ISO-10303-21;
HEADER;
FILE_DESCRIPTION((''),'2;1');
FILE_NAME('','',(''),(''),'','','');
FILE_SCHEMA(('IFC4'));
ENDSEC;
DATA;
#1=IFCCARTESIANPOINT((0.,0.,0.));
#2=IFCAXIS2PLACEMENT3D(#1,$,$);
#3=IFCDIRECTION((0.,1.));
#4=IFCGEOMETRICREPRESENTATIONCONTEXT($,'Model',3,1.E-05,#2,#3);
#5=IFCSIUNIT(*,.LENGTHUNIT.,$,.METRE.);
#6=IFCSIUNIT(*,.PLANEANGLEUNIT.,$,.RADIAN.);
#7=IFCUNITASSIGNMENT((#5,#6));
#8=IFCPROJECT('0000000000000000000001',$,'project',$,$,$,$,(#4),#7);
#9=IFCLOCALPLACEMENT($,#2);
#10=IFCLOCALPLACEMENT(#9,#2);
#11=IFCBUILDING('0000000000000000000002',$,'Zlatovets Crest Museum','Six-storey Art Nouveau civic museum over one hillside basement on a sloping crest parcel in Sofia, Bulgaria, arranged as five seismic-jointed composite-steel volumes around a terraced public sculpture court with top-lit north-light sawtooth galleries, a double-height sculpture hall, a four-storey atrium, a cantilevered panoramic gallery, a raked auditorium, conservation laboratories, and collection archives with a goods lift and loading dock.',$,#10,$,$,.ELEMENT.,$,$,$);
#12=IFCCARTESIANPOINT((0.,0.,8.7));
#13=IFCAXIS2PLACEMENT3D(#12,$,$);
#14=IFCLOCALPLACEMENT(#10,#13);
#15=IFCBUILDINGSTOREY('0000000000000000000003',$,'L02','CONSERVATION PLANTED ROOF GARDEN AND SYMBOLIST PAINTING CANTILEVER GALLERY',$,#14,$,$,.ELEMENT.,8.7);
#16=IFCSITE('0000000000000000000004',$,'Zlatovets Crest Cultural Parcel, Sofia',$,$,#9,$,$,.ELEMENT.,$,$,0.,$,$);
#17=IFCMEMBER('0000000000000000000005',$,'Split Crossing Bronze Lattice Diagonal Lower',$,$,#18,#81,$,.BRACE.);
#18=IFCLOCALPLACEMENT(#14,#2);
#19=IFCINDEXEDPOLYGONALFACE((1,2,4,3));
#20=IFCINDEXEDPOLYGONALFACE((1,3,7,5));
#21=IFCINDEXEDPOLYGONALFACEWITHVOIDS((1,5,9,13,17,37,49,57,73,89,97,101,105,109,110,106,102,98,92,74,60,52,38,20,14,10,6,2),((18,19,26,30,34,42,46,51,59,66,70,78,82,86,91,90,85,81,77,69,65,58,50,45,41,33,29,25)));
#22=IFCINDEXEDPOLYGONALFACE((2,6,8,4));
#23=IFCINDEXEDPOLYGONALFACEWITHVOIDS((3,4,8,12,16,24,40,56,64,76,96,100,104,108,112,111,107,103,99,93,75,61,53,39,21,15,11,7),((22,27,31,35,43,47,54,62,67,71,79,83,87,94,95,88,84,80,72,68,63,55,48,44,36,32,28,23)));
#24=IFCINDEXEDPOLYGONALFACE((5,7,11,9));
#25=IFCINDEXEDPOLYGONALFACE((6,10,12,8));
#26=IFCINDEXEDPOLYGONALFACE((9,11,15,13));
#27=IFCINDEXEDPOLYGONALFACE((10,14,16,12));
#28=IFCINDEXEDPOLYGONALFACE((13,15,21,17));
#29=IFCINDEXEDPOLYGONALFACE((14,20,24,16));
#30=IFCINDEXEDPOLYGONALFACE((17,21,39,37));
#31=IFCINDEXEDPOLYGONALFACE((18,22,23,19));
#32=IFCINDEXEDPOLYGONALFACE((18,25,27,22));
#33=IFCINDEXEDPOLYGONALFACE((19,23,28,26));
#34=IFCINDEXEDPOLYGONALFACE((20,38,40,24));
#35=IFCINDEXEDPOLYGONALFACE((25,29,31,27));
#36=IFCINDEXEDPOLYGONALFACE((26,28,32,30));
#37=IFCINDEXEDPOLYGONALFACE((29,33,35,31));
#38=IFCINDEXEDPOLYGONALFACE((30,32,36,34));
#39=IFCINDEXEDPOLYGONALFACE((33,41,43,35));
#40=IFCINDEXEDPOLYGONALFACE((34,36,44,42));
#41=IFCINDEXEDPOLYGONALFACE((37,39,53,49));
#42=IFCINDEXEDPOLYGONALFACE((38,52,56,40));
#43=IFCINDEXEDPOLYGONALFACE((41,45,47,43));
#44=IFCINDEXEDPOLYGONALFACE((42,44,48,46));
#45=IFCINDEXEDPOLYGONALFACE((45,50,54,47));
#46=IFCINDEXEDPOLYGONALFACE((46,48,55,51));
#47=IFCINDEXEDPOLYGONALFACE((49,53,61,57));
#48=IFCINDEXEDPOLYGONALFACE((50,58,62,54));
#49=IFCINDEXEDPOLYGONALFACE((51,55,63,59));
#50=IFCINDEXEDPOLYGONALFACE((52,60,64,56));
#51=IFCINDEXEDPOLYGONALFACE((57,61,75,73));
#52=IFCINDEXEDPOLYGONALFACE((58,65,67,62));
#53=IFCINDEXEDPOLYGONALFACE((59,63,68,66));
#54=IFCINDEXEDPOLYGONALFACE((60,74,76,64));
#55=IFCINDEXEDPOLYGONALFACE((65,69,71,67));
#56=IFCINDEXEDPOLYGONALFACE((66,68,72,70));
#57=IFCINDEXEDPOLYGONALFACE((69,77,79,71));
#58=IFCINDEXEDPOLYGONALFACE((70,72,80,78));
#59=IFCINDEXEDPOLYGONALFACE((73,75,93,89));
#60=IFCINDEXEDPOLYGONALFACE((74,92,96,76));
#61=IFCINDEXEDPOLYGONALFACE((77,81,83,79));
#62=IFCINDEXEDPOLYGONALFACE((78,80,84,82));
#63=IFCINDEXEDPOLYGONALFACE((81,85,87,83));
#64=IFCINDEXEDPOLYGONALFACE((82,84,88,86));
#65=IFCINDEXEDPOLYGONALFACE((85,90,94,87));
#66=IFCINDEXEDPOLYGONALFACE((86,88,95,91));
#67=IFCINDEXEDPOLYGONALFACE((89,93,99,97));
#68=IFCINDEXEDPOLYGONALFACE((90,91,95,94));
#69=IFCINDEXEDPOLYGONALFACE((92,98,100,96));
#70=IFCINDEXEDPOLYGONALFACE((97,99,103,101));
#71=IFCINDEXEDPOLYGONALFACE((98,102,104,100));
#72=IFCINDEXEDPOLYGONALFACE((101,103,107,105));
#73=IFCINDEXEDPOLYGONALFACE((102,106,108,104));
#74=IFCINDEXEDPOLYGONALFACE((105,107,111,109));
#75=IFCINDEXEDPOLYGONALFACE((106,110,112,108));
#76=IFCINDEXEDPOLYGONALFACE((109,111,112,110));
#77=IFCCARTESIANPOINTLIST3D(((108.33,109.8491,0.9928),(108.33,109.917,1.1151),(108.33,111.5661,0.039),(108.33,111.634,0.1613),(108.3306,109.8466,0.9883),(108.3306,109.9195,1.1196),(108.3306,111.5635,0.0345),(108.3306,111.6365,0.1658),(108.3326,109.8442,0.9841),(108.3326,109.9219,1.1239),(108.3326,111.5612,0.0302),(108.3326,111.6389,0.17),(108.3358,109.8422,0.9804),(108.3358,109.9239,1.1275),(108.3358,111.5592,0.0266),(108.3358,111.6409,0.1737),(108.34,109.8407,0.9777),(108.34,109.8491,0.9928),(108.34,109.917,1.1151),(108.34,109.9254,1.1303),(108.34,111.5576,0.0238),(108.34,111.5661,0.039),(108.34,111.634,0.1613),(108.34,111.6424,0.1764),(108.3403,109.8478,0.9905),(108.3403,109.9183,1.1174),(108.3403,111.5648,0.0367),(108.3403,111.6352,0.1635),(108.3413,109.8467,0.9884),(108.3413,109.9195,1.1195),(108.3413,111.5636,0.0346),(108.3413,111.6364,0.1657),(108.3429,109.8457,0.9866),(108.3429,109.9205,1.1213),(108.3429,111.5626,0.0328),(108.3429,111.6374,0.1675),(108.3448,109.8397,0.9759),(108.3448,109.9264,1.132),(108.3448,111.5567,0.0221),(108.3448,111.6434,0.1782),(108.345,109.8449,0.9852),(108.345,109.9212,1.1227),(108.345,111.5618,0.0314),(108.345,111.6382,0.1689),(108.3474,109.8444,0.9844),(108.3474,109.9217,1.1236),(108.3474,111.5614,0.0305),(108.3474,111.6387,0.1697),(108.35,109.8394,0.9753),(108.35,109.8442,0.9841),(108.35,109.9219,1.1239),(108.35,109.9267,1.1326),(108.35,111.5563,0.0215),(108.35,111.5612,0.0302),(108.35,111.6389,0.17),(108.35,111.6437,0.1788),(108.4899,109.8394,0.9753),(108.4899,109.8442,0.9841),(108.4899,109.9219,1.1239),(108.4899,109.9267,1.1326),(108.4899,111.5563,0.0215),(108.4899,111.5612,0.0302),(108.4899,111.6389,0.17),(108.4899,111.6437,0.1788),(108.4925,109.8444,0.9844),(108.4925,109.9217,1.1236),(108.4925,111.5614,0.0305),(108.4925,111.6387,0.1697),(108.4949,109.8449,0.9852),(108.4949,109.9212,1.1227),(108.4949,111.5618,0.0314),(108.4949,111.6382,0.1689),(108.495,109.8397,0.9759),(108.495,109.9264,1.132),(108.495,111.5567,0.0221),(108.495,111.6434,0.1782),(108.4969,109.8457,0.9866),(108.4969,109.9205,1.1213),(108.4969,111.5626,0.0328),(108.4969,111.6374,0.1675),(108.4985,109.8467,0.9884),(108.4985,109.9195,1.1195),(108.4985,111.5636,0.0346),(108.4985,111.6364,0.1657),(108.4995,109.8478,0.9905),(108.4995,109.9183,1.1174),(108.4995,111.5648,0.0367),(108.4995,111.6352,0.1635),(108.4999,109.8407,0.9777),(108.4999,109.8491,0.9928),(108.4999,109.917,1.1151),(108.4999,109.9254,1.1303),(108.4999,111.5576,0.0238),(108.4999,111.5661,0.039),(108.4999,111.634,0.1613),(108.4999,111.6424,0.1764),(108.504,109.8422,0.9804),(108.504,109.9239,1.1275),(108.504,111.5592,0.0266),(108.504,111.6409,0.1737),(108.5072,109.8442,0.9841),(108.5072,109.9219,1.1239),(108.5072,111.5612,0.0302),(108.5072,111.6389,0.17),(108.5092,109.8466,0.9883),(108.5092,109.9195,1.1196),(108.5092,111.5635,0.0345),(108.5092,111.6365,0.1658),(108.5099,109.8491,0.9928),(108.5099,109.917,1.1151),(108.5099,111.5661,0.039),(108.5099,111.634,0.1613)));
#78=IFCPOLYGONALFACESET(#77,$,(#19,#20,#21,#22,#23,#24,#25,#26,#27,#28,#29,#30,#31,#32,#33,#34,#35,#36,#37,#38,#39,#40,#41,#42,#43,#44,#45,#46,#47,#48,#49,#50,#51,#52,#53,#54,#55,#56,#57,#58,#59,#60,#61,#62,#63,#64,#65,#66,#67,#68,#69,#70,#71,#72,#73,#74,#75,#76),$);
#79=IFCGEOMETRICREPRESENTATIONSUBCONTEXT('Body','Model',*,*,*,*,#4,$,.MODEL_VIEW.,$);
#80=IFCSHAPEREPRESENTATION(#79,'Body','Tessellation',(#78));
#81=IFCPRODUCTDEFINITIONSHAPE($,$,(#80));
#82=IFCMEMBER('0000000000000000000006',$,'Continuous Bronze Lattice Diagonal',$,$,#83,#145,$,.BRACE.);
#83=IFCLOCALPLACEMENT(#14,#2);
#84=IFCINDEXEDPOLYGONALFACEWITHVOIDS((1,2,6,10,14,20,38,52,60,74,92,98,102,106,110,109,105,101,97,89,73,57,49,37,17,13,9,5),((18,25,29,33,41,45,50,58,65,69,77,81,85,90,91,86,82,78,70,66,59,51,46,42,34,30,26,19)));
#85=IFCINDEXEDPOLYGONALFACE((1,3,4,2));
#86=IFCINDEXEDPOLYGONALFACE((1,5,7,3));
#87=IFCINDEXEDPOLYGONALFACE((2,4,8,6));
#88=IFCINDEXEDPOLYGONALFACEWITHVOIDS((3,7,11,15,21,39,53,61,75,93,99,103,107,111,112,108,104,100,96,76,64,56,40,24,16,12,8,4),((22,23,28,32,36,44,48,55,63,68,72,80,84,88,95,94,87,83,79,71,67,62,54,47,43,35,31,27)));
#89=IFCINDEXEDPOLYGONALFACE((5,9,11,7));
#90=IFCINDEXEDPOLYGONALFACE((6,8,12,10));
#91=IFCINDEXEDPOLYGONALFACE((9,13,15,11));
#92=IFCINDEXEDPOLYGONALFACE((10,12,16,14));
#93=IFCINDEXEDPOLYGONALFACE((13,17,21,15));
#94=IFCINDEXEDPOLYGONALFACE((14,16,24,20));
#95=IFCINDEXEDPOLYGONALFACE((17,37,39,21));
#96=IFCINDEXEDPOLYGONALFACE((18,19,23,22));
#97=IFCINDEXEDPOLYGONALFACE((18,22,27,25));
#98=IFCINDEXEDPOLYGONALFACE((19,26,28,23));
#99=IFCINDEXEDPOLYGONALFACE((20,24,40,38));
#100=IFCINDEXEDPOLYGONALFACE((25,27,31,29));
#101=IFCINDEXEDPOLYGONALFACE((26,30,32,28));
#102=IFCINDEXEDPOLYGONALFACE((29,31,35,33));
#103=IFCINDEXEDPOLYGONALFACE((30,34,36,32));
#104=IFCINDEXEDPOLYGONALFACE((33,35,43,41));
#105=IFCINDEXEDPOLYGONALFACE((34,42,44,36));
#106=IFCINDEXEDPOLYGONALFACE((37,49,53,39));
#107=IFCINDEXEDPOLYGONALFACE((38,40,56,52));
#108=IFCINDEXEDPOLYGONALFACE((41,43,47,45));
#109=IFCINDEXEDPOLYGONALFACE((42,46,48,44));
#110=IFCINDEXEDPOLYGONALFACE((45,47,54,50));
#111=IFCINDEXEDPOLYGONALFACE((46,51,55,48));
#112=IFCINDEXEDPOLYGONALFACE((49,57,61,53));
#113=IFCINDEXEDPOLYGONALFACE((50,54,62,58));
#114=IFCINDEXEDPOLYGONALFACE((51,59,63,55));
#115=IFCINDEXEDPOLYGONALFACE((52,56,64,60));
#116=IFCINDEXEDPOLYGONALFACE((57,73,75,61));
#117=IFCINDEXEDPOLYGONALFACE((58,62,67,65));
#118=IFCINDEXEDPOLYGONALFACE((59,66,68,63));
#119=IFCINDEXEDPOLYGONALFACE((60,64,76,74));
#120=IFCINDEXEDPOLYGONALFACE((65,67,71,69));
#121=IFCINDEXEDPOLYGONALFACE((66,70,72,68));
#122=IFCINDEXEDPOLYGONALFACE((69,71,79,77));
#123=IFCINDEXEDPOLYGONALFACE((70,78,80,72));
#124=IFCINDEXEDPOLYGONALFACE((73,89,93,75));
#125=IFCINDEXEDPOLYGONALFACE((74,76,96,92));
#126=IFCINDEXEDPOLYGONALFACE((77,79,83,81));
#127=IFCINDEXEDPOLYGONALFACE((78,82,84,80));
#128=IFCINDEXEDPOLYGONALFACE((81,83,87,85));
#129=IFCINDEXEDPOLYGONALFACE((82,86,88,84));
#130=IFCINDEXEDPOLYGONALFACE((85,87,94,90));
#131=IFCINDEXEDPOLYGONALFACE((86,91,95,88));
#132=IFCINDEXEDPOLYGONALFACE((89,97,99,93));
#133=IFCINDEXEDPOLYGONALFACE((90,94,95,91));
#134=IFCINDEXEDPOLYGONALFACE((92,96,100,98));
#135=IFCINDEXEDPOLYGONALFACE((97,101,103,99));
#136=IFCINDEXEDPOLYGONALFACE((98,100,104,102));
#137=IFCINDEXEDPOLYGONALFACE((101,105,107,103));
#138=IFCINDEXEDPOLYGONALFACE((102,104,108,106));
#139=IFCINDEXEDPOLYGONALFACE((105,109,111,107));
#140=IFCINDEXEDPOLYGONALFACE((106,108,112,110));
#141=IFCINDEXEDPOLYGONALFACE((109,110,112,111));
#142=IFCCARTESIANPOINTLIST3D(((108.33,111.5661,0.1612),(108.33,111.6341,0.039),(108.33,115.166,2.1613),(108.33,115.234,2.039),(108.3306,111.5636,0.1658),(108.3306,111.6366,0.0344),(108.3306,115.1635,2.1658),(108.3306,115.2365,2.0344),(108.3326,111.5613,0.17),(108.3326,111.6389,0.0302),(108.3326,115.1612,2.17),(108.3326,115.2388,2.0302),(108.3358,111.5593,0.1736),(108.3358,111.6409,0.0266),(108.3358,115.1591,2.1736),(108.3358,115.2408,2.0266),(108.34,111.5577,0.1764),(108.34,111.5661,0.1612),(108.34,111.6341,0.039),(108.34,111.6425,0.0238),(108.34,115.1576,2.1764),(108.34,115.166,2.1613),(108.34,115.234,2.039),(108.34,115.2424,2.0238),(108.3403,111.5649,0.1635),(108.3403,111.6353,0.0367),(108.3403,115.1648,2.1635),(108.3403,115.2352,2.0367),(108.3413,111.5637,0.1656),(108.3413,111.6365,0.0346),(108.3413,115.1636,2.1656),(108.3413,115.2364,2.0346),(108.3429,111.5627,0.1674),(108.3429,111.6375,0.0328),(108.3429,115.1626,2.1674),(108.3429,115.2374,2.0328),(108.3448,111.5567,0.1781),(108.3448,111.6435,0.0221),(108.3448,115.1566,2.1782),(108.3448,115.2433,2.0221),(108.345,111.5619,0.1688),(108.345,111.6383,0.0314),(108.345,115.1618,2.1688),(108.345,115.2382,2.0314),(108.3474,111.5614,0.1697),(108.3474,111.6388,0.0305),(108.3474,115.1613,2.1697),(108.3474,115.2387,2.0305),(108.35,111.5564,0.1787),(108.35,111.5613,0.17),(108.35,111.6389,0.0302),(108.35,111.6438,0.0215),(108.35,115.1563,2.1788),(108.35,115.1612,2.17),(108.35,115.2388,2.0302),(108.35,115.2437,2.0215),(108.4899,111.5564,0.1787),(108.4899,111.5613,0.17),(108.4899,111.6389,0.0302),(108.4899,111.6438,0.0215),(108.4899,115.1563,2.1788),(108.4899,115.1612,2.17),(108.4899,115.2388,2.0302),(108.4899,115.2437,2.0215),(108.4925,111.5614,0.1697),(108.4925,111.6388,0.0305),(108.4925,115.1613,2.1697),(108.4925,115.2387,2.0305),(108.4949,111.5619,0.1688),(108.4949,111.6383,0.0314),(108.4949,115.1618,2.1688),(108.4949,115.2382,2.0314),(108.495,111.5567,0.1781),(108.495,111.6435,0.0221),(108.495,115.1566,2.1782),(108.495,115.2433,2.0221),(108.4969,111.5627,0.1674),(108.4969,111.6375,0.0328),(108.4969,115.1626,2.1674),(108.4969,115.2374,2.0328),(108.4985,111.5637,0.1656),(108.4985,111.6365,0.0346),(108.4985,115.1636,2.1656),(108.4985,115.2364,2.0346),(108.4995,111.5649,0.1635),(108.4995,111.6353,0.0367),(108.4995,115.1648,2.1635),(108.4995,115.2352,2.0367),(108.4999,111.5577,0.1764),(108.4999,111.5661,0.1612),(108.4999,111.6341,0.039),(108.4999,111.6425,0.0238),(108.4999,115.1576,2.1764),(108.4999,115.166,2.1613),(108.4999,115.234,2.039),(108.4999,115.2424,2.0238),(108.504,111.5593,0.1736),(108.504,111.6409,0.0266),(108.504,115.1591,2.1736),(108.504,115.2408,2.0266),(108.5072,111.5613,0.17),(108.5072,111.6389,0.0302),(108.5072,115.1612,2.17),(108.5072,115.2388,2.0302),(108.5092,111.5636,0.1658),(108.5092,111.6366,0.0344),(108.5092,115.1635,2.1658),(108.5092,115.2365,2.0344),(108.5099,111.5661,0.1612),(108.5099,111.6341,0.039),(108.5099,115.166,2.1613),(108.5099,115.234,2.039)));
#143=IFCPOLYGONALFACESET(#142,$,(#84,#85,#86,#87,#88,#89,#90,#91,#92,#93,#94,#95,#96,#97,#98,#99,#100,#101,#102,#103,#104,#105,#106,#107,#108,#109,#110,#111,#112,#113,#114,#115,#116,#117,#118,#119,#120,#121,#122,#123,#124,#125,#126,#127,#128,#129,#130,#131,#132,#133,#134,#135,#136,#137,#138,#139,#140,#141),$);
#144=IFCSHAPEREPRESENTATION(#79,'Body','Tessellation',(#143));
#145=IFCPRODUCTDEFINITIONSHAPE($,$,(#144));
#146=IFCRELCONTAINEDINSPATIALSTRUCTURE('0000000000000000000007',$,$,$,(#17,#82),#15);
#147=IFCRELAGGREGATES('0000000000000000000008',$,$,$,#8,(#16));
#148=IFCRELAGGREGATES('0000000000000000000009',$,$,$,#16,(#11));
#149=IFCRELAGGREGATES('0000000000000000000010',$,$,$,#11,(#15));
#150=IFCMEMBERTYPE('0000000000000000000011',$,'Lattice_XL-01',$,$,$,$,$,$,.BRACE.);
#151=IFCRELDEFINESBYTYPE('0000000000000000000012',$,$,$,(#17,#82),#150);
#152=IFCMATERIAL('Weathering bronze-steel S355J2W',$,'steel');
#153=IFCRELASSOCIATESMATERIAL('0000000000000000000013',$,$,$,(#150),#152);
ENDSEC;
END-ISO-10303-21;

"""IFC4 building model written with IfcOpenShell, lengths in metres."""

from ifc_helpers import new_model, si_unit, direction, frame, origin, origin_2d, place, context, subcontext, project, spatial, hollow_rectangle, extrude, material, material_profile, profile_set, type_object, element, save


model = new_model("IFC4")

# Units and contexts
model_context = context("Model", 3, precision=1e-05, world=origin(), true_north=direction((0.0, 1.0)))
body_context = subcontext(model_context, "Body", "Model", "MODEL_VIEW")
ifc_project = project(units=[si_unit("LENGTHUNIT", "METRE"), si_unit("PLANEANGLEUNIT", "RADIAN")], contexts=[model_context])

# Site, building, storey
site_placement = place(None, origin())
site = spatial("IfcSite", under=ifc_project, at=site_placement, Name="Zlatovets Crest Cultural Parcel, Sofia", CompositionType="ELEMENT", RefElevation=0.0)
building_placement = place(site_placement, origin())
building = spatial("IfcBuilding", under=site, at=building_placement, Name="Zlatovets Crest Museum", Description="Six-storey Art Nouveau civic museum over one hillside basement on a sloping crest parcel in Sofia, Bulgaria, arranged as five seismic-jointed composite-steel volumes around a terraced public sculpture court with top-lit north-light sawtooth galleries, a double-height sculpture hall, a four-storey atrium, a cantilevered panoramic gallery, a raked auditorium, conservation laboratories, and collection archives with a goods lift and loading dock.", CompositionType="ELEMENT")
storey_placement = place(building_placement, frame((0.0, 0.0, 8.7)))
storey = spatial("IfcBuildingStorey", under=building, at=storey_placement, Name="L02", Description="CONSERVATION PLANTED ROOF GARDEN AND SYMBOLIST PAINTING CANTILEVER GALLERY", CompositionType="ELEMENT", Elevation=8.7)

# Members
ifc_material_1 = material(Name="Weathering bronze-steel S355J2W", Category="steel")
ifc_material_profile_1 = material_profile(ifc_material_1, hollow_rectangle(XDim=0.1799, YDim=0.1799, WallThickness=0.01, InnerFilletRadius=0.01, OuterFilletRadius=0.02, at=origin_2d()), Name="SHS 180x180x10.0")
ifc_profile_set_1 = profile_set([ifc_material_profile_1], Name="Weathering bronze-steel S355J2W")
member_type_1 = type_object("IfcMemberType", Name="Lattice_XL-01", PredefinedType="BRACE", material=ifc_profile_set_1)
for number, where, z_axis, x_axis, name in (
    (1, (108.4199, 109.8831, 1.054), (0.0, 0.874169, -0.485622), (-1.0, 0.0, 0.0), "Split Crossing Bronze Lattice Diagonal Lower"),
):
    element("IfcMember", number, at=place(storey_placement, frame(where, z_axis=z_axis, x_axis=x_axis)), inside=storey, type_object=member_type_1, Name=name, PredefinedType="BRACE", context=body_context, shape_type="SweptSolid", body=[
        extrude(hollow_rectangle(XDim=0.1799, YDim=0.1799, WallThickness=0.01, InnerFilletRadius=0.01, OuterFilletRadius=0.02, at=origin_2d()), origin(), (0.0, 0.0, 1.0), 1.9641),
    ])
member_1_placement = place(storey_placement, frame((108.4199, 111.6001, 0.1001), z_axis=(0.0, 0.874149, 0.485658), x_axis=(-1.0, 0.0, 0.0)))
element("IfcMember", 2, at=member_1_placement, inside=storey, type_object=member_type_1, Name="Continuous Bronze Lattice Diagonal", PredefinedType="BRACE", context=body_context, shape_type="SweptSolid", body=[
    extrude(hollow_rectangle(XDim=0.1799, YDim=0.1799, WallThickness=0.01, InnerFilletRadius=0.01, OuterFilletRadius=0.02, at=origin_2d()), origin(), (0.0, 0.0, 1.0), 4.1182),
])

save(model, "model.ifc")
